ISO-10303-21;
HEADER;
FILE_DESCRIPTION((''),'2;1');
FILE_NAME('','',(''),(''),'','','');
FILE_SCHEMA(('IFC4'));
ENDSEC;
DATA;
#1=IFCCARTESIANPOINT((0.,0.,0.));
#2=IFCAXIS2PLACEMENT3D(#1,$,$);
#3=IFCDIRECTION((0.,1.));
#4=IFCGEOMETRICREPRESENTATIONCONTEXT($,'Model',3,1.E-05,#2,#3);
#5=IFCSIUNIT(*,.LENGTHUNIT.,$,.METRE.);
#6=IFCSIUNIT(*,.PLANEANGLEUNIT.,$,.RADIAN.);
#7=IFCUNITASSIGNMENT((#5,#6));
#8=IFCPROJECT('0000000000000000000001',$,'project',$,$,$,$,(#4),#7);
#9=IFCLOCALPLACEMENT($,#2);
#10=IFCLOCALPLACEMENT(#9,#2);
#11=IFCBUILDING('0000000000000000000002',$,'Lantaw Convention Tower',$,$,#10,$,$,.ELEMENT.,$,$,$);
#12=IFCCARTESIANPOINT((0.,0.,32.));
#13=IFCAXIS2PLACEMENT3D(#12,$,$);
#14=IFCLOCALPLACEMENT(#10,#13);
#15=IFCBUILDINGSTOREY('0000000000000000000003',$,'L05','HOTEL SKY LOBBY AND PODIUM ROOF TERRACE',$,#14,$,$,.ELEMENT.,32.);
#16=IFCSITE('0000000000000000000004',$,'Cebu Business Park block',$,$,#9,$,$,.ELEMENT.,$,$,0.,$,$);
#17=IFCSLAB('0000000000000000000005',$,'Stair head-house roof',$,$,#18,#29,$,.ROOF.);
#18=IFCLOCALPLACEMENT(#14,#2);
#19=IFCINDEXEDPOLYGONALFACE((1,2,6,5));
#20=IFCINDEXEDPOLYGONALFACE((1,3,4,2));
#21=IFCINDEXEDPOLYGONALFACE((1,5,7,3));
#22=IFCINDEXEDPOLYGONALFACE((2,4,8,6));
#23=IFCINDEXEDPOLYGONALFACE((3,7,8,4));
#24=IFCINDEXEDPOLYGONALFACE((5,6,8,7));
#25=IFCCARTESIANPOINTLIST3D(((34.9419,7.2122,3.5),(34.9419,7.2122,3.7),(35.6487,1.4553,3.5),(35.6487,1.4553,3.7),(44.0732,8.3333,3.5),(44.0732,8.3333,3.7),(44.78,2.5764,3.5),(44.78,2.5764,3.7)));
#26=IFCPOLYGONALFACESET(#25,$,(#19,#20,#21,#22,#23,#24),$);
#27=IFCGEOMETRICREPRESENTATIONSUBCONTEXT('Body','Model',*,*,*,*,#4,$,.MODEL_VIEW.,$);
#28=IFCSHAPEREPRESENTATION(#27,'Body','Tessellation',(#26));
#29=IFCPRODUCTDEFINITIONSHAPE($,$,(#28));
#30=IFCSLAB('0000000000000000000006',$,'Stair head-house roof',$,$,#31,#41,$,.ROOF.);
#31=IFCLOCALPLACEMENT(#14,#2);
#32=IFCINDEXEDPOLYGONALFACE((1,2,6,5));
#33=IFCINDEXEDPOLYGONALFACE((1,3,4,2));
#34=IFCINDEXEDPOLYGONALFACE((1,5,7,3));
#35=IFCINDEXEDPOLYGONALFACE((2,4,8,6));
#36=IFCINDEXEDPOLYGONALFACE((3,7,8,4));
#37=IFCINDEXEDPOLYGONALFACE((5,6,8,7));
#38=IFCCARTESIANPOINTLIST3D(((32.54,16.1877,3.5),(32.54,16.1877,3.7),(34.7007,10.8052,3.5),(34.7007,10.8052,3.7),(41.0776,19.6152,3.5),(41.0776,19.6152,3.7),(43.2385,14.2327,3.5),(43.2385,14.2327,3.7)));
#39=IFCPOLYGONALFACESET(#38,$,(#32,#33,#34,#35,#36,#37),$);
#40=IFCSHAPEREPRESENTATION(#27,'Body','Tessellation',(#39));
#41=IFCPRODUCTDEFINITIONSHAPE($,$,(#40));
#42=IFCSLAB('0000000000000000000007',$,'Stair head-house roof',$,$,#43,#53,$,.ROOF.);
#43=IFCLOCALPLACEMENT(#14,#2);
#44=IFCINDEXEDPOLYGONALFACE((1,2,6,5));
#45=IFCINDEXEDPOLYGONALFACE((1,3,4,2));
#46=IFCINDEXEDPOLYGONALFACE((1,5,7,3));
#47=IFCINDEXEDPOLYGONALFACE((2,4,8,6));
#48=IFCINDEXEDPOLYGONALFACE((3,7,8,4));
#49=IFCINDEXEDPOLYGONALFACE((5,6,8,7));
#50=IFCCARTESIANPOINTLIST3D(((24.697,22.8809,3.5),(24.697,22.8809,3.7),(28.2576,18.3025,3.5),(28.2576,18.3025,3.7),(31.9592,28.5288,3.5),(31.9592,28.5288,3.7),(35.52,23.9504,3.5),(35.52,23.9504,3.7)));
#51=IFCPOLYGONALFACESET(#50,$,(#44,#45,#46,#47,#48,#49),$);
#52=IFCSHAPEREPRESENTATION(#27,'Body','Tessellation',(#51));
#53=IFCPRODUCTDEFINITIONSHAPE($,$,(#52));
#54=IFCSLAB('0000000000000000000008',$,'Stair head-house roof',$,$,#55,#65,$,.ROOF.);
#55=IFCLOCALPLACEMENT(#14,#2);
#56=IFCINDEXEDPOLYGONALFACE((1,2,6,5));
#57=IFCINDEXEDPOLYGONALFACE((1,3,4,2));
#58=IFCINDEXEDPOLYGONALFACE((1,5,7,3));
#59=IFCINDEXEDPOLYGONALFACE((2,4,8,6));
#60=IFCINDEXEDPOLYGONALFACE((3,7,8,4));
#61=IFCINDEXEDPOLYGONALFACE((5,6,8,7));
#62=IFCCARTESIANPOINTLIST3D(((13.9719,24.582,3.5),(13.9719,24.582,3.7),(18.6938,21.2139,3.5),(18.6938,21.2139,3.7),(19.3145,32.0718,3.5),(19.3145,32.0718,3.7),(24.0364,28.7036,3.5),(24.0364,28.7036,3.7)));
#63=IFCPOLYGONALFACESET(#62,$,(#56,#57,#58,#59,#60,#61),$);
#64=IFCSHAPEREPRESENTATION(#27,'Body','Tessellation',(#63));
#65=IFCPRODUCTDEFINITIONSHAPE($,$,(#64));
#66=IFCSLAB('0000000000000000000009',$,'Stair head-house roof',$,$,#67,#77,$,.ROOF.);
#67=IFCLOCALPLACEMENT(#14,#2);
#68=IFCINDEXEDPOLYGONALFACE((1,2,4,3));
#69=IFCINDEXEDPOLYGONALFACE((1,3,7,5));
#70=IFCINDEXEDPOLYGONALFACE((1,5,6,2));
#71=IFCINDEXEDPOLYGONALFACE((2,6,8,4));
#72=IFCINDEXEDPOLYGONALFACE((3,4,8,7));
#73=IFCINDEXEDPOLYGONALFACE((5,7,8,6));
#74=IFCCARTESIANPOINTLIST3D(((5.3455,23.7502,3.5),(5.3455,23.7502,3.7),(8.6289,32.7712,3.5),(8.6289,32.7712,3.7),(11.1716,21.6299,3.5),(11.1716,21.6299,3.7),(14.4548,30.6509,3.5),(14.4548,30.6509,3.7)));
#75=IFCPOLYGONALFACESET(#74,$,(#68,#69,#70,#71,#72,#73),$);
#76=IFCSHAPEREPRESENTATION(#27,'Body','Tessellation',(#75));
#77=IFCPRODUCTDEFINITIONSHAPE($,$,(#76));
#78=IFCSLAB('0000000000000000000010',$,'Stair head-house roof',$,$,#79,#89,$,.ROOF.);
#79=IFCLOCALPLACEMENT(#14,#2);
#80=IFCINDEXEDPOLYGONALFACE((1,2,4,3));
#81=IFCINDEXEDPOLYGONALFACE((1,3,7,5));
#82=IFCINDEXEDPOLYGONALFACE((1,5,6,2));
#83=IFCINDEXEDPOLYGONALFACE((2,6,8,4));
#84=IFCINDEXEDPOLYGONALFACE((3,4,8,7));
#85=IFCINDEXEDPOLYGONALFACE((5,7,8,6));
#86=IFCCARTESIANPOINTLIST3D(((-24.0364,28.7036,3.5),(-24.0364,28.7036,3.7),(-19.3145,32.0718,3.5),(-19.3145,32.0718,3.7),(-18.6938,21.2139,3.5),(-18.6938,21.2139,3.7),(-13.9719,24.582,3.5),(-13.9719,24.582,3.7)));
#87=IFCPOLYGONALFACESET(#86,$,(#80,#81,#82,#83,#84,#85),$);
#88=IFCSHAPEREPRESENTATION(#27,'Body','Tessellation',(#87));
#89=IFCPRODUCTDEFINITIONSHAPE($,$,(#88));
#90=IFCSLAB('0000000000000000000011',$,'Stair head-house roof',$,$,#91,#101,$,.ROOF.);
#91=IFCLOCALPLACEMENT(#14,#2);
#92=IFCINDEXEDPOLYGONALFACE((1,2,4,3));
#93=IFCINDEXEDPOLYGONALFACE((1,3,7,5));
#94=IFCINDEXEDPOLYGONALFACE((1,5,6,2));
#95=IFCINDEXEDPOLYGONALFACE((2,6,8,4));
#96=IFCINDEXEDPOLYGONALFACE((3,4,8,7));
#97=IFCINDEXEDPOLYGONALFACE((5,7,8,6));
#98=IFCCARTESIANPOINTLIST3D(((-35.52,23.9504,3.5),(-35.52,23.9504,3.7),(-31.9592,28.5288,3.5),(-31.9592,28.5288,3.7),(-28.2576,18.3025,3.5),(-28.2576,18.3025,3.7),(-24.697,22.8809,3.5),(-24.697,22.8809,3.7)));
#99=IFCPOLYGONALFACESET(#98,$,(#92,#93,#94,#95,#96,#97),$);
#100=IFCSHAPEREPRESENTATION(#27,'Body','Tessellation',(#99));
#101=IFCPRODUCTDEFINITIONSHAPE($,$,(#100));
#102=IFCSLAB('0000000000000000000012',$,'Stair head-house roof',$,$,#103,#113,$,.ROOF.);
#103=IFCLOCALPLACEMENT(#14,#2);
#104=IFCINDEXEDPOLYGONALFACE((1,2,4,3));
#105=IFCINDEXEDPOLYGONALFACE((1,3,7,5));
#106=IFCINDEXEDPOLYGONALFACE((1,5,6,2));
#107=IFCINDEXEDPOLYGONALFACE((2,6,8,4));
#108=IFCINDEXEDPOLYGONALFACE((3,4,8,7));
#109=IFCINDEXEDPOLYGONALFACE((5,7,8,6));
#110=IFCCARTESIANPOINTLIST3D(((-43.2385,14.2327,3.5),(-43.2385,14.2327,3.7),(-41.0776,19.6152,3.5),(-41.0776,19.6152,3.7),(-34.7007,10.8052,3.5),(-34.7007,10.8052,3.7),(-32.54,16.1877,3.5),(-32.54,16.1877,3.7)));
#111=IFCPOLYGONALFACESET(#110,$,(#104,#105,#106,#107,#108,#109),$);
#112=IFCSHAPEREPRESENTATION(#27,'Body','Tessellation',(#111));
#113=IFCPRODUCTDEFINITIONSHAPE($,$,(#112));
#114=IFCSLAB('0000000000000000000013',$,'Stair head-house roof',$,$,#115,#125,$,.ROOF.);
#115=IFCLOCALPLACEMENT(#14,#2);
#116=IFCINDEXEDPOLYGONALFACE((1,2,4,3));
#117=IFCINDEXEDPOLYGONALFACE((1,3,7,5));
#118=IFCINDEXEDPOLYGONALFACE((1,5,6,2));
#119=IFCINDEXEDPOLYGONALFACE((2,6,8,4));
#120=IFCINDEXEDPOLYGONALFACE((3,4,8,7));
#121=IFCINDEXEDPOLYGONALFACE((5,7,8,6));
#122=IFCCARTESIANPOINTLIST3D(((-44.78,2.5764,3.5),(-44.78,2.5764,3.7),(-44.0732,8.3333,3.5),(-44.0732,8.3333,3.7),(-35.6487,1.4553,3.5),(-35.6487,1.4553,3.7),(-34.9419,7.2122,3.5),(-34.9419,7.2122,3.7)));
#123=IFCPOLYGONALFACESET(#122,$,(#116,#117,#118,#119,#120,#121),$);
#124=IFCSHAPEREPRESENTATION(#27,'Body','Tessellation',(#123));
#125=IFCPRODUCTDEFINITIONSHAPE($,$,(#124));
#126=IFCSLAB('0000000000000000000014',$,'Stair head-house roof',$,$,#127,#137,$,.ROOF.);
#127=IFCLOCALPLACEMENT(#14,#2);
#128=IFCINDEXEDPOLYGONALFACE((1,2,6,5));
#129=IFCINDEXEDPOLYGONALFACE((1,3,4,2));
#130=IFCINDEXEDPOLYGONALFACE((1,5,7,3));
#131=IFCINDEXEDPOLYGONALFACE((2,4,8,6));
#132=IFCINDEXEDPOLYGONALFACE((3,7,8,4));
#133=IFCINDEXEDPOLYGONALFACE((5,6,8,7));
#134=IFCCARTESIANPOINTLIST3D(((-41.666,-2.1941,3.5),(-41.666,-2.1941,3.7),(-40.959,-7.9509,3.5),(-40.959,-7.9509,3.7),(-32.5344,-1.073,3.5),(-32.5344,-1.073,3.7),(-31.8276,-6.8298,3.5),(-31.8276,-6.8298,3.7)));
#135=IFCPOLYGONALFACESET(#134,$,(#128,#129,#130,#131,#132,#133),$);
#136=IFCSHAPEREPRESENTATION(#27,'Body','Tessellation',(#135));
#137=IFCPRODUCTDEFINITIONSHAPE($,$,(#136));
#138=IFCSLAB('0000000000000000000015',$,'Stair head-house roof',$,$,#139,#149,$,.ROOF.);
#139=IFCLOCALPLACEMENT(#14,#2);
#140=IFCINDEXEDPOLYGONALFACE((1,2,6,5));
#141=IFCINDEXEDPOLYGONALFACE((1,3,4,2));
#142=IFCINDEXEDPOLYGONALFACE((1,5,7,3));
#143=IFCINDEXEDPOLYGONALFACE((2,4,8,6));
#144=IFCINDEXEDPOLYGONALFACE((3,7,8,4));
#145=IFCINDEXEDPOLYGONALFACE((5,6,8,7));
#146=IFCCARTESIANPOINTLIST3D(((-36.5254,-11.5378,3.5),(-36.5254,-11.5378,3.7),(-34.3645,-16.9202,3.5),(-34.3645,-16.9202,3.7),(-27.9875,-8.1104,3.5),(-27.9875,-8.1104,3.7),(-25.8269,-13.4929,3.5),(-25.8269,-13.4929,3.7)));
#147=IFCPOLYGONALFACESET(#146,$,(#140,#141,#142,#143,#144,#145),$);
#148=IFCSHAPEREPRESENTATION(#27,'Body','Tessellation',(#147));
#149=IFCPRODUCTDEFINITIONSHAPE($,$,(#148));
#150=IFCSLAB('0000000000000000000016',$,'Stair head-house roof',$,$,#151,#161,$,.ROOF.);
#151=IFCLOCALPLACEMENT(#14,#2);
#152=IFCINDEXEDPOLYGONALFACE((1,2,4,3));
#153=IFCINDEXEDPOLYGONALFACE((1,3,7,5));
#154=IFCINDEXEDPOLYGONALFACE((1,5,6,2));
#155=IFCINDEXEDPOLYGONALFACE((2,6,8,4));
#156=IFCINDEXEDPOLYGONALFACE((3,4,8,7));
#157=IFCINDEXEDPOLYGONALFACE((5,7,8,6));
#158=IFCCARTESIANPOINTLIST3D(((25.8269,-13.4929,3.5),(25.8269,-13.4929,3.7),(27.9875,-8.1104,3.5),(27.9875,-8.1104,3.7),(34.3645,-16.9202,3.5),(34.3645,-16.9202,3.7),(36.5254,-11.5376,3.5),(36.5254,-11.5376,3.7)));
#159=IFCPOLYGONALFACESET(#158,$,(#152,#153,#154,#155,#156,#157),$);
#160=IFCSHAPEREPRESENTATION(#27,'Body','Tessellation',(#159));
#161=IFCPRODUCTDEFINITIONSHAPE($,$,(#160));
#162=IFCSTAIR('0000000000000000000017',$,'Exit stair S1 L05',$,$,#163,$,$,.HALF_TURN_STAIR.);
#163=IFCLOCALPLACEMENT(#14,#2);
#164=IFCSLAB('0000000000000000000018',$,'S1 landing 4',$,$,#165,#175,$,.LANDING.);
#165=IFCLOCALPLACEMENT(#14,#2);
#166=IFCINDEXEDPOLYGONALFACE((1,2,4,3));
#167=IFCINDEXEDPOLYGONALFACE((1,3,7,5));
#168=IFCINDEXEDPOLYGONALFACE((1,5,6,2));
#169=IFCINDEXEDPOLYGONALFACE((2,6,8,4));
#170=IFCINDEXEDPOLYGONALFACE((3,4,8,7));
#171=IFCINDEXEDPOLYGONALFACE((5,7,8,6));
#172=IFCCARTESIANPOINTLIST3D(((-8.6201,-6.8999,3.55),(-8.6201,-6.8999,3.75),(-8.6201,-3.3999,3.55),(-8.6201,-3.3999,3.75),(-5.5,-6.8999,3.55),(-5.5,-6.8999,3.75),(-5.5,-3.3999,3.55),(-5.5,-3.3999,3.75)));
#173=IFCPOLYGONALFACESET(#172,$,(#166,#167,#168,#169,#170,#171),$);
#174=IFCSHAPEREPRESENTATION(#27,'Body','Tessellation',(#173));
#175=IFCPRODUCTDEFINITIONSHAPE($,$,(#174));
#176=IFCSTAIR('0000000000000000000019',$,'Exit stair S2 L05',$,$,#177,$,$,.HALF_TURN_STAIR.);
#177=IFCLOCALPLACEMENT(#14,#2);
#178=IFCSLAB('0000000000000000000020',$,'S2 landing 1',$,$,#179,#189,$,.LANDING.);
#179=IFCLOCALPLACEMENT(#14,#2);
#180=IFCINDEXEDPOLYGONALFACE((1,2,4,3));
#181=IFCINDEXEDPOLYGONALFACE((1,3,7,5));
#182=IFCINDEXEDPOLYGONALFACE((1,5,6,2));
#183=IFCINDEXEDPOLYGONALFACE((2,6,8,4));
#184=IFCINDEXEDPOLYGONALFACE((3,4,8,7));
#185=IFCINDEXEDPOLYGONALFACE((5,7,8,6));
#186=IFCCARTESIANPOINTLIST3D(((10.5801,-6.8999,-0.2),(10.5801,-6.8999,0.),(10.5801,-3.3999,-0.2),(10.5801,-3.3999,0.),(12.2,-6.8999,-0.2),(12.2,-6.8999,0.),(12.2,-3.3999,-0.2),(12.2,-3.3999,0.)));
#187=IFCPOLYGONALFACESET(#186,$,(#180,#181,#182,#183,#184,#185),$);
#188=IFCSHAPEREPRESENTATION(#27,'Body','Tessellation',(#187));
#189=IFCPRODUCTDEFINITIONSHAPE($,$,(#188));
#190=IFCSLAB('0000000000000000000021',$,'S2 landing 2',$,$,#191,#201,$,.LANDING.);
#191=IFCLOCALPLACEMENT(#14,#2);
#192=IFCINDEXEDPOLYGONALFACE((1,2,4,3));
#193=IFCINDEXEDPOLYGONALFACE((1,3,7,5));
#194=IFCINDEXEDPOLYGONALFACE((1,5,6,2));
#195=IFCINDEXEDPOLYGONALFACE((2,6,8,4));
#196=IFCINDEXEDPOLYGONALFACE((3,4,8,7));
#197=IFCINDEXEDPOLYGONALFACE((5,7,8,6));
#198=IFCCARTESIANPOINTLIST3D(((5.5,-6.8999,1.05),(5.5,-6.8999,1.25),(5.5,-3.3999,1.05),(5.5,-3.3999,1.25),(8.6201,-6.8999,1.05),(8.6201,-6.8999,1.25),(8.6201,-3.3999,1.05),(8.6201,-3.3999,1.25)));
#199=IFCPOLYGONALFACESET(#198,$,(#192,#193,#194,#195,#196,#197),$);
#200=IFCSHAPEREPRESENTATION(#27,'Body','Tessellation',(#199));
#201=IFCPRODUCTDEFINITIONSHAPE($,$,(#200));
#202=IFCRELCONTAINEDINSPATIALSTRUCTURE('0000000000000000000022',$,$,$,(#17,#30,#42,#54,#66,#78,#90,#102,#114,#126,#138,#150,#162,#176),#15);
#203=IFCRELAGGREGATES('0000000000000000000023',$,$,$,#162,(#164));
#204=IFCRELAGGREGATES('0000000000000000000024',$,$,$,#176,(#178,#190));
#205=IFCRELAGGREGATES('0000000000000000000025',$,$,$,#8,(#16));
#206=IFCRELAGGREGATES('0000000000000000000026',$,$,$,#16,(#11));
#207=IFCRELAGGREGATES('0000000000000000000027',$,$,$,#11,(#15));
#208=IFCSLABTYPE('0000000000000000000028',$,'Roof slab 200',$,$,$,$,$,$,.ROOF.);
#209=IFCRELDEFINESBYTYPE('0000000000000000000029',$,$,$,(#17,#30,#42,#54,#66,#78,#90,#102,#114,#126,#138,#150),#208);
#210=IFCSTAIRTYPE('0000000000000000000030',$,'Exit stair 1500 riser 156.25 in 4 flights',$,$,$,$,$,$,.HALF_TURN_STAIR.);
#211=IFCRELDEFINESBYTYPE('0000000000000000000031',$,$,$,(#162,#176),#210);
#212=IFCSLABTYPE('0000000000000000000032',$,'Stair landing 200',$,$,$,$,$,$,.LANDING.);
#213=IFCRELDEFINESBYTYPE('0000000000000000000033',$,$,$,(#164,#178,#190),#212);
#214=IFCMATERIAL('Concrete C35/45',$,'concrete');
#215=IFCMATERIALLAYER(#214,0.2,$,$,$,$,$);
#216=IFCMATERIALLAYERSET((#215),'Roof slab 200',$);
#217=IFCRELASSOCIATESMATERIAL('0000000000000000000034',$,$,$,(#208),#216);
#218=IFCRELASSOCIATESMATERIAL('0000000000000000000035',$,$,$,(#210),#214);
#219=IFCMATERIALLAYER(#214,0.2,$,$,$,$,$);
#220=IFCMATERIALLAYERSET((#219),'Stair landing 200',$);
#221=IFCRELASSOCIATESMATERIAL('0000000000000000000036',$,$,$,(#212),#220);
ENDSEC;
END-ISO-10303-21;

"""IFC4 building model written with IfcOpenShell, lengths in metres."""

from ifc_helpers import new_model, si_unit, direction, frame, origin, place, context, subcontext, project, spatial, polyline, outline, extrude, material, layer, layer_set, type_object, element, aggregate, save


model = new_model("IFC4")

# Units and contexts
model_context = context("Model", 3, precision=1e-05, world=origin(), true_north=direction((0.0, 1.0)))
body_context = subcontext(model_context, "Body", "Model", "MODEL_VIEW")
ifc_project = project(units=[si_unit("LENGTHUNIT", "METRE"), si_unit("PLANEANGLEUNIT", "RADIAN")], contexts=[model_context])

# Site, building, storey
site_placement = place(None, origin())
site = spatial("IfcSite", under=ifc_project, at=site_placement, Name="Cebu Business Park block", CompositionType="ELEMENT", RefElevation=0.0)
building_placement = place(site_placement, origin())
building = spatial("IfcBuilding", under=site, at=building_placement, Name="Lantaw Convention Tower", CompositionType="ELEMENT")
storey_placement = place(building_placement, frame((0.0, 0.0, 32.0)))
storey = spatial("IfcBuildingStorey", under=building, at=storey_placement, Name="L05", Description="HOTEL SKY LOBBY AND PODIUM ROOF TERRACE", CompositionType="ELEMENT", Elevation=32.0)

# Slabs
ifc_material = material(Name="Concrete C35/45", Category="concrete")
ifc_layer_1 = layer(ifc_material, 0.2)
ifc_layer_set_1 = layer_set([ifc_layer_1], Name="Roof slab 200")
slab_type_1 = type_object("IfcSlabType", Name="Roof slab 200", PredefinedType="ROOF", material=ifc_layer_set_1)
slab_1_placement = place(storey_placement, frame((0.0, 0.0, 3.5)))
element("IfcSlab", 1, at=slab_1_placement, inside=storey, type_object=slab_type_1, Name="Stair head-house roof", PredefinedType="ROOF", context=body_context, shape_type="SweptSolid", body=[
    extrude(outline(polyline([(35.6487, 1.4553), (44.78, 2.5764), (44.0732, 8.3333), (34.9419, 7.2122), (35.6487, 1.4553)])), origin(), (0.0, 0.0, 1.0), 0.2),
])
slab_2_placement = place(storey_placement, frame((0.0, 0.0, 3.5)))
element("IfcSlab", 2, at=slab_2_placement, inside=storey, type_object=slab_type_1, Name="Stair head-house roof", PredefinedType="ROOF", context=body_context, shape_type="SweptSolid", body=[
    extrude(outline(polyline([(34.7007, 10.8052), (43.2385, 14.2327), (41.0776, 19.6152), (32.54, 16.1877), (34.7007, 10.8052)])), origin(), (0.0, 0.0, 1.0), 0.2),
])
slab_3_placement = place(storey_placement, frame((0.0, 0.0, 3.5)))
element("IfcSlab", 3, at=slab_3_placement, inside=storey, type_object=slab_type_1, Name="Stair head-house roof", PredefinedType="ROOF", context=body_context, shape_type="SweptSolid", body=[
    extrude(outline(polyline([(28.2576, 18.3025), (35.52, 23.9504), (31.9592, 28.5288), (24.697, 22.8809), (28.2576, 18.3025)])), origin(), (0.0, 0.0, 1.0), 0.2),
])
slab_4_placement = place(storey_placement, frame((0.0, 0.0, 3.5)))
element("IfcSlab", 4, at=slab_4_placement, inside=storey, type_object=slab_type_1, Name="Stair head-house roof", PredefinedType="ROOF", context=body_context, shape_type="SweptSolid", body=[
    extrude(outline(polyline([(18.6938, 21.2139), (24.0364, 28.7036), (19.3145, 32.0718), (13.9719, 24.582), (18.6938, 21.2139)])), origin(), (0.0, 0.0, 1.0), 0.2),
])
slab_5_placement = place(storey_placement, frame((0.0, 0.0, 3.5)))
element("IfcSlab", 5, at=slab_5_placement, inside=storey, type_object=slab_type_1, Name="Stair head-house roof", PredefinedType="ROOF", context=body_context, shape_type="SweptSolid", body=[
    extrude(outline(polyline([(11.1716, 21.6299), (14.4548, 30.6509), (8.6289, 32.7712), (5.3455, 23.7502), (11.1716, 21.6299)])), origin(), (0.0, 0.0, 1.0), 0.2),
])
slab_6_placement = place(storey_placement, frame((0.0, 0.0, 3.5)))
element("IfcSlab", 6, at=slab_6_placement, inside=storey, type_object=slab_type_1, Name="Stair head-house roof", PredefinedType="ROOF", context=body_context, shape_type="SweptSolid", body=[
    extrude(outline(polyline([(-13.9719, 24.582), (-19.3145, 32.0718), (-24.0364, 28.7036), (-18.6938, 21.2139), (-13.9719, 24.582)])), origin(), (0.0, 0.0, 1.0), 0.2),
])
slab_7_placement = place(storey_placement, frame((0.0, 0.0, 3.5)))
element("IfcSlab", 7, at=slab_7_placement, inside=storey, type_object=slab_type_1, Name="Stair head-house roof", PredefinedType="ROOF", context=body_context, shape_type="SweptSolid", body=[
    extrude(outline(polyline([(-24.697, 22.8809), (-31.9592, 28.5288), (-35.52, 23.9504), (-28.2576, 18.3025), (-24.697, 22.8809)])), origin(), (0.0, 0.0, 1.0), 0.2),
])
slab_8_placement = place(storey_placement, frame((0.0, 0.0, 3.5)))
element("IfcSlab", 8, at=slab_8_placement, inside=storey, type_object=slab_type_1, Name="Stair head-house roof", PredefinedType="ROOF", context=body_context, shape_type="SweptSolid", body=[
    extrude(outline(polyline([(-32.54, 16.1877), (-41.0776, 19.6152), (-43.2385, 14.2327), (-34.7007, 10.8052), (-32.54, 16.1877)])), origin(), (0.0, 0.0, 1.0), 0.2),
])
slab_9_placement = place(storey_placement, frame((0.0, 0.0, 3.5)))
element("IfcSlab", 9, at=slab_9_placement, inside=storey, type_object=slab_type_1, Name="Stair head-house roof", PredefinedType="ROOF", context=body_context, shape_type="SweptSolid", body=[
    extrude(outline(polyline([(-34.9419, 7.2122), (-44.0732, 8.3333), (-44.78, 2.5764), (-35.6487, 1.4553), (-34.9419, 7.2122)])), origin(), (0.0, 0.0, 1.0), 0.2),
])
slab_10_placement = place(storey_placement, frame((0.0, 0.0, 3.5)))
element("IfcSlab", 10, at=slab_10_placement, inside=storey, type_object=slab_type_1, Name="Stair head-house roof", PredefinedType="ROOF", context=body_context, shape_type="SweptSolid", body=[
    extrude(outline(polyline([(-32.5344, -1.073), (-41.666, -2.1941), (-40.959, -7.9509), (-31.8276, -6.8298), (-32.5344, -1.073)])), origin(), (0.0, 0.0, 1.0), 0.2),
])
slab_11_placement = place(storey_placement, frame((0.0, 0.0, 3.5)))
element("IfcSlab", 11, at=slab_11_placement, inside=storey, type_object=slab_type_1, Name="Stair head-house roof", PredefinedType="ROOF", context=body_context, shape_type="SweptSolid", body=[
    extrude(outline(polyline([(-27.9875, -8.1104), (-36.5254, -11.5378), (-34.3645, -16.9202), (-25.8269, -13.4929), (-27.9875, -8.1104)])), origin(), (0.0, 0.0, 1.0), 0.2),
])
slab_12_placement = place(storey_placement, frame((0.0, 0.0, 3.5)))
element("IfcSlab", 12, at=slab_12_placement, inside=storey, type_object=slab_type_1, Name="Stair head-house roof", PredefinedType="ROOF", context=body_context, shape_type="SweptSolid", body=[
    extrude(outline(polyline([(25.8269, -13.4929), (34.3645, -16.9202), (36.5254, -11.5376), (27.9875, -8.1104), (25.8269, -13.4929)])), origin(), (0.0, 0.0, 1.0), 0.2),
])

# Stair, slab
stair_type = type_object("IfcStairType", Name="Exit stair 1500 riser 156.25 in 4 flights", PredefinedType="HALF_TURN_STAIR", material=ifc_material)
stair_1_placement = place(storey_placement, origin())
stair_1 = element("IfcStair", 13, at=stair_1_placement, inside=storey, type_object=stair_type, Name="Exit stair S1 L05", PredefinedType="HALF_TURN_STAIR")
ifc_layer_2 = layer(ifc_material, 0.2)
ifc_layer_set_2 = layer_set([ifc_layer_2], Name="Stair landing 200")
slab_type_2 = type_object("IfcSlabType", Name="Stair landing 200", PredefinedType="LANDING", material=ifc_layer_set_2)
slab_13_placement = place(storey_placement, frame((0.0, 0.0, 3.55)))
slab_13 = element("IfcSlab", 14, at=slab_13_placement, type_object=slab_type_2, Name="S1 landing 4", PredefinedType="LANDING", context=body_context, shape_type="SweptSolid", body=[
    extrude(outline(polyline([(-8.6201, -6.8999), (-5.5, -6.8999), (-5.5, -3.3999), (-8.6201, -3.3999), (-8.6201, -6.8999)])), origin(), (0.0, 0.0, 1.0), 0.2),
])
aggregate(stair_1, [slab_13])

# Stair, slabs
stair_2_placement = place(storey_placement, origin())
stair_2 = element("IfcStair", 15, at=stair_2_placement, inside=storey, type_object=stair_type, Name="Exit stair S2 L05", PredefinedType="HALF_TURN_STAIR")
slab_14_placement = place(storey_placement, frame((0.0, 0.0, -0.2)))
slab_14 = element("IfcSlab", 16, at=slab_14_placement, type_object=slab_type_2, Name="S2 landing 1", PredefinedType="LANDING", context=body_context, shape_type="SweptSolid", body=[
    extrude(outline(polyline([(10.5801, -6.8999), (12.2, -6.8999), (12.2, -3.3999), (10.5801, -3.3999), (10.5801, -6.8999)])), origin(), (0.0, 0.0, 1.0), 0.2),
])
slab_15_placement = place(storey_placement, frame((0.0, 0.0, 1.05)))
slab_15 = element("IfcSlab", 17, at=slab_15_placement, type_object=slab_type_2, Name="S2 landing 2", PredefinedType="LANDING", context=body_context, shape_type="SweptSolid", body=[
    extrude(outline(polyline([(5.5, -6.8999), (8.6201, -6.8999), (8.6201, -3.3999), (5.5, -3.3999), (5.5, -6.8999)])), origin(), (0.0, 0.0, 1.0), 0.2),
])
aggregate(stair_2, [slab_14, slab_15])

save(model, "model.ifc")
